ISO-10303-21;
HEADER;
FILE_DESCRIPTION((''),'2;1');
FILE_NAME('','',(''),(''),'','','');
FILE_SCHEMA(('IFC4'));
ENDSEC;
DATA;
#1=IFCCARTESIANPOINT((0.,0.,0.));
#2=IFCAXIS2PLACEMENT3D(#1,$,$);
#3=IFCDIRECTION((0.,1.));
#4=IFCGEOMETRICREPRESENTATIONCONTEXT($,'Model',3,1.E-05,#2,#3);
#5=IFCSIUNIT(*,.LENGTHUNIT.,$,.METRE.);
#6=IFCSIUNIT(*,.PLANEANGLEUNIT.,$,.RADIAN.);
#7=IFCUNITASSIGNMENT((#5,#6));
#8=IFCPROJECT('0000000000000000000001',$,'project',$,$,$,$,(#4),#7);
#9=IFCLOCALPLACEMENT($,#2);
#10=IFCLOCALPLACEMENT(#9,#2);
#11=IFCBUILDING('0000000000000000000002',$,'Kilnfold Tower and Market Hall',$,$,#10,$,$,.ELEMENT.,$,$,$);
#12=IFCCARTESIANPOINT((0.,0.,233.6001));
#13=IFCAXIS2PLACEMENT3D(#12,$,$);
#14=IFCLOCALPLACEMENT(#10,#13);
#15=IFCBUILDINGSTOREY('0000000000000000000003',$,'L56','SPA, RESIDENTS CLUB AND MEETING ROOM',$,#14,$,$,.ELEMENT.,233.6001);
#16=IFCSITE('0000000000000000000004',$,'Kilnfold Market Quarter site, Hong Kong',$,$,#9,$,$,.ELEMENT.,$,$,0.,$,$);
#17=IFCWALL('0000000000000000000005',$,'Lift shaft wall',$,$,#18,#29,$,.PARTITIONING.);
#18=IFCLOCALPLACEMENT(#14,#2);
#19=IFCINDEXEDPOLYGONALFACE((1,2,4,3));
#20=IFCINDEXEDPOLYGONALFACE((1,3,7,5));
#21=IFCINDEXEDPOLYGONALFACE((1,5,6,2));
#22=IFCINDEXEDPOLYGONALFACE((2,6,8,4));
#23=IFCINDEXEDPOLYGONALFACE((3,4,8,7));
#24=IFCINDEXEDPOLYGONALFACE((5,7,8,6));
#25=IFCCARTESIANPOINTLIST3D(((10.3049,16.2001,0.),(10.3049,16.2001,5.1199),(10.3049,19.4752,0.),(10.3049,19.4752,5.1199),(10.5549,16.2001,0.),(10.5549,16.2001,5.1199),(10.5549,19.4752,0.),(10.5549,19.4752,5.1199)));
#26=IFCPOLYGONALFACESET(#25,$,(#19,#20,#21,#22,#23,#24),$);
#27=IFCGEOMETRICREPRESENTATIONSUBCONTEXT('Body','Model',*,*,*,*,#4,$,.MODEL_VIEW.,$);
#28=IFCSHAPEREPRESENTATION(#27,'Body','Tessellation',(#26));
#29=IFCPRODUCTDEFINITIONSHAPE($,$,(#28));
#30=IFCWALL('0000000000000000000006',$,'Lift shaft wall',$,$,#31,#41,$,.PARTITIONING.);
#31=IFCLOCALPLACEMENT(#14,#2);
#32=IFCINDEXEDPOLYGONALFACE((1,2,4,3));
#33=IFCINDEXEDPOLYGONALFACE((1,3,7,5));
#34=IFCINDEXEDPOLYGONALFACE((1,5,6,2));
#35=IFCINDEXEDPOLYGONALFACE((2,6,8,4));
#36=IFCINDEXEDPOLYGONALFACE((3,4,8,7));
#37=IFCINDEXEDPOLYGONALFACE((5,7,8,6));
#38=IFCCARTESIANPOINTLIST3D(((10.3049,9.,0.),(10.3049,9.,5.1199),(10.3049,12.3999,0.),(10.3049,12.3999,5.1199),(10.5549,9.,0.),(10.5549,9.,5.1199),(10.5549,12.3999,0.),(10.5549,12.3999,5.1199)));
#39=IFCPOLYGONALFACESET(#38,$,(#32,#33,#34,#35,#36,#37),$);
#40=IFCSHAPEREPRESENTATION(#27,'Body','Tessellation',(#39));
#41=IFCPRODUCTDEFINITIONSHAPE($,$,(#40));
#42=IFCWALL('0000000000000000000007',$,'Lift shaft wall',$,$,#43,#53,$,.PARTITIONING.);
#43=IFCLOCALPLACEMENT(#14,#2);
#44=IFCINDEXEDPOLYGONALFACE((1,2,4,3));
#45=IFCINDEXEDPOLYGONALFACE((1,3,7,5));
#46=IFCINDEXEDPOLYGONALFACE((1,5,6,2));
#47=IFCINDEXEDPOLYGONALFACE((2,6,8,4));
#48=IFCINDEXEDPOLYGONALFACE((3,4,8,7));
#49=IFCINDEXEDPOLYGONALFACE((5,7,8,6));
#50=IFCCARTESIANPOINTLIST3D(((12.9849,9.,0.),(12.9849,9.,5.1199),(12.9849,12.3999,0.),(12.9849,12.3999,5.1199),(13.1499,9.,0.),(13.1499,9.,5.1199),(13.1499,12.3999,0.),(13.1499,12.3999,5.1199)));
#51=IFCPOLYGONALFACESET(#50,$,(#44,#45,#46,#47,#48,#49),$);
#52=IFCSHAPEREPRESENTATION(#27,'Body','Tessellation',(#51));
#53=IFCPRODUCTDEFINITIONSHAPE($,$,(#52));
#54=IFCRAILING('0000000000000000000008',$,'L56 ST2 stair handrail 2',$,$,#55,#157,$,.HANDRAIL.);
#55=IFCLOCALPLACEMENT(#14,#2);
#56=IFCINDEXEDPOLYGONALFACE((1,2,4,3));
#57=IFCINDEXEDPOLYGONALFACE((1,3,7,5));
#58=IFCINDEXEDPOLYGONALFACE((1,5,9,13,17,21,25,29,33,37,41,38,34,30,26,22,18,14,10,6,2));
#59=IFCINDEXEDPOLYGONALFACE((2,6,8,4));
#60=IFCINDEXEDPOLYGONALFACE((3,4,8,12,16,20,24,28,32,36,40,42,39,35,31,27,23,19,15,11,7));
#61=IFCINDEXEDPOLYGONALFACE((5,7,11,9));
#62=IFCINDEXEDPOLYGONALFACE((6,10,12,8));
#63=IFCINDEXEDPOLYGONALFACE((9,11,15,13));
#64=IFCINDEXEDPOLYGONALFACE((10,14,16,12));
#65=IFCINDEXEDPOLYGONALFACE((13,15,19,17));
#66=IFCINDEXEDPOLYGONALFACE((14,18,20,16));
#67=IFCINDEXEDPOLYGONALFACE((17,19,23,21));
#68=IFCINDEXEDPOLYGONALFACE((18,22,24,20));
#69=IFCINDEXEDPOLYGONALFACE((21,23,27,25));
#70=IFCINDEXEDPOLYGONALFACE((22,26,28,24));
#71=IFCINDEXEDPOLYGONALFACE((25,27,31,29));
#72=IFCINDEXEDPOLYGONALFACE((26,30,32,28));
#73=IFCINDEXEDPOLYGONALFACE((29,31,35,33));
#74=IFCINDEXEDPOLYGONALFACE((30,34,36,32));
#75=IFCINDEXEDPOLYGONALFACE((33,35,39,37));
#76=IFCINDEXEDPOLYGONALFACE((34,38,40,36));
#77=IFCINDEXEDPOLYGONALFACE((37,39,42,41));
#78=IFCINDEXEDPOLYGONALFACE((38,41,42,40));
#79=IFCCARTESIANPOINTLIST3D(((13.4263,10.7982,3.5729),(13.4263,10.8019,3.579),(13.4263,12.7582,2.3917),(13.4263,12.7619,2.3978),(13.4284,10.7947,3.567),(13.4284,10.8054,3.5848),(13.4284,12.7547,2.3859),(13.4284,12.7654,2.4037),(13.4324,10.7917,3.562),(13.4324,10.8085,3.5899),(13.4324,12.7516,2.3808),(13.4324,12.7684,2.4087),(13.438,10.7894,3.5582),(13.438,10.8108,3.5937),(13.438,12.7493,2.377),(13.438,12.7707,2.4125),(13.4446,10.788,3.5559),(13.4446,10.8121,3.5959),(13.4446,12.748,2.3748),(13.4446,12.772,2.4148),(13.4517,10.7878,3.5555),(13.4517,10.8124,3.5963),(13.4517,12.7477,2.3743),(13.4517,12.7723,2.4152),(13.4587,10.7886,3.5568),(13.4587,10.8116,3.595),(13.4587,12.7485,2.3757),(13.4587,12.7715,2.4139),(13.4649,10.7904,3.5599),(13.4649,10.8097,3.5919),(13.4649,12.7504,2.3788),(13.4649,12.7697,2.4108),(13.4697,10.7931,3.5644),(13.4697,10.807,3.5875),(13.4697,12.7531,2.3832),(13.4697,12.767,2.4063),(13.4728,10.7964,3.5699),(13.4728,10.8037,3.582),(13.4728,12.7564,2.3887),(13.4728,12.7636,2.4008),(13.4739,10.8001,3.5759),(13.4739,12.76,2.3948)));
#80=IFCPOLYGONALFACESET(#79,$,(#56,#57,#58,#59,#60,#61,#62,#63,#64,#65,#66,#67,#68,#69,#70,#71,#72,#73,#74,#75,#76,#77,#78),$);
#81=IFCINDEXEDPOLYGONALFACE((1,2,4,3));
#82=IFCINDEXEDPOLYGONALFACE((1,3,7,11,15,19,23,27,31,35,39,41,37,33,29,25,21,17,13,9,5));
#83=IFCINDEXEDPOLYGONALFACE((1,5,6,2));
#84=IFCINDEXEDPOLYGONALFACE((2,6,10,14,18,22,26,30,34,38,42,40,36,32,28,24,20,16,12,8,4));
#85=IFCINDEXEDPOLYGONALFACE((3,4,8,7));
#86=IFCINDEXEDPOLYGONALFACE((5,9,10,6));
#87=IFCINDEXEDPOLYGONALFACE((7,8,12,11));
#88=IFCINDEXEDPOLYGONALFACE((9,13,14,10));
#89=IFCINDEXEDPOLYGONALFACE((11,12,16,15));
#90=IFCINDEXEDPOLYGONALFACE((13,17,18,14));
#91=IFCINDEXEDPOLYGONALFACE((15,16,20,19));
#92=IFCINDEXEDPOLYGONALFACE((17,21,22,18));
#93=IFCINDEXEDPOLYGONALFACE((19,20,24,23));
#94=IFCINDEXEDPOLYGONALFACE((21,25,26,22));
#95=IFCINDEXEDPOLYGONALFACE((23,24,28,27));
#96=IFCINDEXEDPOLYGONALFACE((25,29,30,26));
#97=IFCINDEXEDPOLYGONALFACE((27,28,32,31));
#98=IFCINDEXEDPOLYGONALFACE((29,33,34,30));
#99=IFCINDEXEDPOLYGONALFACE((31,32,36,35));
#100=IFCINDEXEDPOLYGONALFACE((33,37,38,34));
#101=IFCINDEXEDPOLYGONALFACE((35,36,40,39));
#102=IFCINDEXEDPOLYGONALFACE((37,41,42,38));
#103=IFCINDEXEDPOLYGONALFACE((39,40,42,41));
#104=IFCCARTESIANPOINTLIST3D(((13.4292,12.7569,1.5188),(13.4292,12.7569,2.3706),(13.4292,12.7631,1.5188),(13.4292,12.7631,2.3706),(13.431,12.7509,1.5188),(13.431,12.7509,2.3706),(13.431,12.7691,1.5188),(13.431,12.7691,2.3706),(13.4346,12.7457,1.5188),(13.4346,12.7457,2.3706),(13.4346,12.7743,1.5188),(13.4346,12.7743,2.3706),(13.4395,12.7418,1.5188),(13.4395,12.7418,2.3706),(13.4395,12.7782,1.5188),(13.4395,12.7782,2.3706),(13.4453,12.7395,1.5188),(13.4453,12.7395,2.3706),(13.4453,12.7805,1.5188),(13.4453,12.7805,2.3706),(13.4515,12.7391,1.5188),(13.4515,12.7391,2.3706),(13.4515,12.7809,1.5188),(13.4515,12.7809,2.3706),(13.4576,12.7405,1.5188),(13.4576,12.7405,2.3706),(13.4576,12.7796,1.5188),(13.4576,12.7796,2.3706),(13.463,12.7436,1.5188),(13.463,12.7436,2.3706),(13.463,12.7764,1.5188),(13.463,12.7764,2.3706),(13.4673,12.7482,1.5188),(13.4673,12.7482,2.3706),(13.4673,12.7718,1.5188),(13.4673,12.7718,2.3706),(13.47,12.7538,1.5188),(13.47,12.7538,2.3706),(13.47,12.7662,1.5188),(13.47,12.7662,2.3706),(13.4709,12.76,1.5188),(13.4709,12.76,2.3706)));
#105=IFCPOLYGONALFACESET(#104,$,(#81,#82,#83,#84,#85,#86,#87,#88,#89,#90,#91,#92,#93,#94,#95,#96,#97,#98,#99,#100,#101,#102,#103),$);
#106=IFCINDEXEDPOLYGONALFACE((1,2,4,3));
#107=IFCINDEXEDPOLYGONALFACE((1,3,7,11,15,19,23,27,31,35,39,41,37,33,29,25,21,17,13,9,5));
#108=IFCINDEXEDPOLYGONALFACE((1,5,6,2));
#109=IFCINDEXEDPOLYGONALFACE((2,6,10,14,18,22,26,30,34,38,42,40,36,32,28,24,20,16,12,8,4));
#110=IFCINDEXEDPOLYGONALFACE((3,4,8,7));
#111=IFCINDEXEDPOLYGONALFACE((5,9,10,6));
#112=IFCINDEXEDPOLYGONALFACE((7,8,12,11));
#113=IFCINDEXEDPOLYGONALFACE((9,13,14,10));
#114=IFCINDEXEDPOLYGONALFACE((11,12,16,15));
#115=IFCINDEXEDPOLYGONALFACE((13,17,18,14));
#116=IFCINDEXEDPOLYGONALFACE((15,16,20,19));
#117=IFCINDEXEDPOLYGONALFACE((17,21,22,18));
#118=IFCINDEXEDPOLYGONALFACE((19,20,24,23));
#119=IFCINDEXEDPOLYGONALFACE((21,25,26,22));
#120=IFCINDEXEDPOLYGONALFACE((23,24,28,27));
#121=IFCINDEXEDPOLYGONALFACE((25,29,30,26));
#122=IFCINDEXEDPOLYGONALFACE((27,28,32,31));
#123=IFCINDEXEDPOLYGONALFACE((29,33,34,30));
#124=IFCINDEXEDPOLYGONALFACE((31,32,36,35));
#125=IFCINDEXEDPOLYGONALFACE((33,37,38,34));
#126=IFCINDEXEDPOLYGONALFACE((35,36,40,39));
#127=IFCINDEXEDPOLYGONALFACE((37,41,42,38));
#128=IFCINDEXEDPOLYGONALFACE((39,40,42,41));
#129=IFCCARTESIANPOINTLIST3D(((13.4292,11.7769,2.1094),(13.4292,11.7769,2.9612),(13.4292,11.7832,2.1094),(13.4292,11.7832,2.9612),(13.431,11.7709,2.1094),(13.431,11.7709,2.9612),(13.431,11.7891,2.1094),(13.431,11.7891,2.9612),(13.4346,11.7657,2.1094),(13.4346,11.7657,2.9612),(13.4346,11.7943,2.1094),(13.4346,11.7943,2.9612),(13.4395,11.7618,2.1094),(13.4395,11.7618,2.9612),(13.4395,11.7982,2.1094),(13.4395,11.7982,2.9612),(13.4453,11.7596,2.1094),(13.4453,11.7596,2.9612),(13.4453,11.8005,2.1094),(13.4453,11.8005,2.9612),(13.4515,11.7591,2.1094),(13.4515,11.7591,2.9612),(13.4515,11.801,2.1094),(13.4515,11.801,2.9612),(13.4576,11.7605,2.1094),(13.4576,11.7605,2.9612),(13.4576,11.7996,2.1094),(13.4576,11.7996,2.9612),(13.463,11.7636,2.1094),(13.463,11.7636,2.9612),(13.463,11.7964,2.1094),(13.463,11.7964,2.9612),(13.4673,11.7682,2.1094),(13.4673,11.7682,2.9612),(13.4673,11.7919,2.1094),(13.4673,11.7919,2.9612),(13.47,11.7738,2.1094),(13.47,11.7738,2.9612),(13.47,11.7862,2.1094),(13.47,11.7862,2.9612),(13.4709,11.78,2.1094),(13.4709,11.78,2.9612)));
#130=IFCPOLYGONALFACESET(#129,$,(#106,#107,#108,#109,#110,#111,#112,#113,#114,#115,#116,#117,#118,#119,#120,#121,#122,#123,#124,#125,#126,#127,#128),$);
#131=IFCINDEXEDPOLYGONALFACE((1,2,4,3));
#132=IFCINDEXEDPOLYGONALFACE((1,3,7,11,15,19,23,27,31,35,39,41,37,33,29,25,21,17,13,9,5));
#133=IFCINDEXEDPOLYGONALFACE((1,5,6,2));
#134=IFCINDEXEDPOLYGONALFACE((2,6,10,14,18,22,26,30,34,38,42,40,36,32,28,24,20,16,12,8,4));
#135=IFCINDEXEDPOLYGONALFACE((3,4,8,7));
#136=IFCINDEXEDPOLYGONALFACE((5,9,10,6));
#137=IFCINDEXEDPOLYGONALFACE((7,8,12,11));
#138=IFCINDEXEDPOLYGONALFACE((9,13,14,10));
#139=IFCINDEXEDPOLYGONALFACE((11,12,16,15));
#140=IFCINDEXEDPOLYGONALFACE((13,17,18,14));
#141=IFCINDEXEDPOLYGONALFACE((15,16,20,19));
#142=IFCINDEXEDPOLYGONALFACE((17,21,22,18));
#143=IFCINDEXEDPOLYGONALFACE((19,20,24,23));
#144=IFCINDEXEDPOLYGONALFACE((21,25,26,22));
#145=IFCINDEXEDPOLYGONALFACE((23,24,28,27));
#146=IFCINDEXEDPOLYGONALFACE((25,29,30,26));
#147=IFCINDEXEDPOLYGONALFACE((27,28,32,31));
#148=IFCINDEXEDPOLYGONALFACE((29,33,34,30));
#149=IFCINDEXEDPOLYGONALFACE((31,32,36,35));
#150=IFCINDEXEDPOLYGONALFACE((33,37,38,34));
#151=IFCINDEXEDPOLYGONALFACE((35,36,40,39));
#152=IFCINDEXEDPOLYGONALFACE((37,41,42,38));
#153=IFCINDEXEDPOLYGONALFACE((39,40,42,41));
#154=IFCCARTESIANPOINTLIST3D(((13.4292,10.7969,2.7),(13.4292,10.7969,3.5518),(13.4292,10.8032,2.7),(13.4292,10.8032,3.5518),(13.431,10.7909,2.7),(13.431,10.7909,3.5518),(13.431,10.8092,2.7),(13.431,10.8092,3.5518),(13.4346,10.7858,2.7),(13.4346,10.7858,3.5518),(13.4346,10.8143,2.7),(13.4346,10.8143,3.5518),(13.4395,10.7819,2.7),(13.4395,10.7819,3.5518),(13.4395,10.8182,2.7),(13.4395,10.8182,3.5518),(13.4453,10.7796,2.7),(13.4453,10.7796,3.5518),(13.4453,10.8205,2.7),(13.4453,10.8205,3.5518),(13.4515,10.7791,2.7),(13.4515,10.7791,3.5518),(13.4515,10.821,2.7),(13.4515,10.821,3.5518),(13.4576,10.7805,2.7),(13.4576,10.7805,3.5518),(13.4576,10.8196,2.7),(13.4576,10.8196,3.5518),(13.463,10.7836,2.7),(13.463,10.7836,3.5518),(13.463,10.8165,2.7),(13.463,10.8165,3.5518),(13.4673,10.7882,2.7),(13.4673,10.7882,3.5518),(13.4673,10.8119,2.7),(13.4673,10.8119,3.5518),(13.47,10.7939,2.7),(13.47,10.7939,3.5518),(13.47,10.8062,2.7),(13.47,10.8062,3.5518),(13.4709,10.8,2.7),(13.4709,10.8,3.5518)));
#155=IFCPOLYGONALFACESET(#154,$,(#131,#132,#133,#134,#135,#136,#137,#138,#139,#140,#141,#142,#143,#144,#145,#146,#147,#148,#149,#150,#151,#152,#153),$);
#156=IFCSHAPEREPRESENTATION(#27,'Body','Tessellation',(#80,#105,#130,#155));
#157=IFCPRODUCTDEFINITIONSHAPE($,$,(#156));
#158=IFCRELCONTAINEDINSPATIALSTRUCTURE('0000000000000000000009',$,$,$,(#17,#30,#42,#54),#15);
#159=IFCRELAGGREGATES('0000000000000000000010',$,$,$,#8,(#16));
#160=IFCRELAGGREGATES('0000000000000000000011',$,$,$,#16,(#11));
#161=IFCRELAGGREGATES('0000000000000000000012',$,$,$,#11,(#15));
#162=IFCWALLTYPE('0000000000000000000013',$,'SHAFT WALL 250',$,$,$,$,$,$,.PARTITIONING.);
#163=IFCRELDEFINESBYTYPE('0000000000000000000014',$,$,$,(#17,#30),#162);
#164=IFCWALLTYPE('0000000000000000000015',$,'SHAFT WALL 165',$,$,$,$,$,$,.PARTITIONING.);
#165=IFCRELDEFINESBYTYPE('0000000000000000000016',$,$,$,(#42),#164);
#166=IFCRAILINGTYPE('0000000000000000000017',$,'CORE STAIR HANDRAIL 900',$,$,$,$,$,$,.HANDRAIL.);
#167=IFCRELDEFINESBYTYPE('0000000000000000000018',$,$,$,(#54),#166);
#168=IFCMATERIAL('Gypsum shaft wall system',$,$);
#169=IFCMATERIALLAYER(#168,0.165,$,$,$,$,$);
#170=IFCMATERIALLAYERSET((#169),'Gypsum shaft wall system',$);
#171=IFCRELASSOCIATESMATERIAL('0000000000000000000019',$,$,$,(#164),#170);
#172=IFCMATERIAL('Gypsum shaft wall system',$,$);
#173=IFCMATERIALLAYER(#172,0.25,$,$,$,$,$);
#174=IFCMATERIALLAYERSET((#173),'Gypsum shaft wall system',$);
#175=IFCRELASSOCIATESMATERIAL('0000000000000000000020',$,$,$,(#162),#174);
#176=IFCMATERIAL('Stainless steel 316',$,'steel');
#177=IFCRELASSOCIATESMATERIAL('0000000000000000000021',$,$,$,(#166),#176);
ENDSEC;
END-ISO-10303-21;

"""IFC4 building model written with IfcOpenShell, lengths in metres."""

from ifc_helpers import new_model, si_unit, direction, frame, frame_2d, origin, origin_2d, place, context, subcontext, project, spatial, rectangle, circle, extrude, source, transform, mapped, material, layer, layer_set, type_object, element, save


model = new_model("IFC4")

# Units and contexts
model_context = context("Model", 3, precision=1e-05, world=origin(), true_north=direction((0.0, 1.0)))
body_context = subcontext(model_context, "Body", "Model", "MODEL_VIEW")
ifc_project = project(units=[si_unit("LENGTHUNIT", "METRE"), si_unit("PLANEANGLEUNIT", "RADIAN")], contexts=[model_context])

# Site, building, storey
site_placement = place(None, origin())
site = spatial("IfcSite", under=ifc_project, at=site_placement, Name="Kilnfold Market Quarter site, Hong Kong", CompositionType="ELEMENT", RefElevation=0.0)
building_placement = place(site_placement, origin())
building = spatial("IfcBuilding", under=site, at=building_placement, Name="Kilnfold Tower and Market Hall", CompositionType="ELEMENT")
storey_placement = place(building_placement, frame((0.0, 0.0, 233.6001)))
storey = spatial("IfcBuildingStorey", under=building, at=storey_placement, Name="L56", Description="SPA, RESIDENTS CLUB AND MEETING ROOM", CompositionType="ELEMENT", Elevation=233.6001)

# Walls
ifc_material_1 = material(Name="Gypsum shaft wall system")
ifc_layer_1 = layer(ifc_material_1, 0.165)
ifc_layer_set_1 = layer_set([ifc_layer_1], Name="Gypsum shaft wall system")
wall_type_1 = type_object("IfcWallType", Name="SHAFT WALL 165", PredefinedType="PARTITIONING", material=ifc_layer_set_1)
ifc_material_2 = material(Name="Gypsum shaft wall system")
ifc_layer_2 = layer(ifc_material_2, 0.25)
ifc_layer_set_2 = layer_set([ifc_layer_2], Name="Gypsum shaft wall system")
wall_type_2 = type_object("IfcWallType", Name="SHAFT WALL 250", PredefinedType="PARTITIONING", material=ifc_layer_set_2)
shared_shape_1 = source(origin(), body_context, "Body", "SweptSolid", [
    extrude(rectangle(XDim=3.2751, YDim=0.25, at=frame_2d((1.6377, 0.0))), origin(), (0.0, 0.0, 1.0), 5.1199),
])
wall_1_placement = place(storey_placement, frame((10.4299, 16.2, 0.0), z_axis=(0.0, 0.0, 1.0), x_axis=(0.0, 1.0, 0.0)))
element("IfcWall", 1, at=wall_1_placement, inside=storey, type_object=wall_type_2, Name="Lift shaft wall", PredefinedType="PARTITIONING", context=body_context, shape_type="MappedRepresentation", body=[
    mapped(shared_shape_1, transform((0.0, 0.0, 0.0))),
])
shared_shape_2 = source(origin(), body_context, "Body", "SweptSolid", [
    extrude(rectangle(XDim=3.3999, YDim=0.25, at=frame_2d((1.7, 0.0))), origin(), (0.0, 0.0, 1.0), 5.1199),
])
wall_2_placement = place(storey_placement, frame((10.4299, 9.0, 0.0), z_axis=(0.0, 0.0, 1.0), x_axis=(0.0, 1.0, 0.0)))
element("IfcWall", 2, at=wall_2_placement, inside=storey, type_object=wall_type_2, Name="Lift shaft wall", PredefinedType="PARTITIONING", context=body_context, shape_type="MappedRepresentation", body=[
    mapped(shared_shape_2, transform((0.0, 0.0, 0.0))),
])
shared_shape_3 = source(origin(), body_context, "Body", "SweptSolid", [
    extrude(rectangle(XDim=3.3999, YDim=0.165, at=frame_2d((1.7, 0.0))), origin(), (0.0, 0.0, 1.0), 5.1199),
])
wall_3_placement = place(storey_placement, frame((13.0674, 9.0, 0.0), z_axis=(0.0, 0.0, 1.0), x_axis=(0.0, 1.0, 0.0)))
element("IfcWall", 3, at=wall_3_placement, inside=storey, type_object=wall_type_1, Name="Lift shaft wall", PredefinedType="PARTITIONING", context=body_context, shape_type="MappedRepresentation", body=[
    mapped(shared_shape_3, transform((0.0, 0.0, 0.0))),
])

# Railing
ifc_material_3 = material(Name="Stainless steel 316", Category="steel")
railing_type_1 = type_object("IfcRailingType", Name="CORE STAIR HANDRAIL 900", PredefinedType="HANDRAIL", material=ifc_material_3)
railing_1_placement = place(storey_placement, frame((13.45, 12.76, 1.5188)))
element("IfcRailing", 4, at=railing_1_placement, inside=storey, type_object=railing_type_1, Name="L56 ST2 stair handrail 2", PredefinedType="HANDRAIL", context=body_context, shape_type="SweptSolid", body=[
    extrude(circle(Radius=0.0239, at=origin_2d()), frame((0.0, 0.0, 0.876), z_axis=(0.0, -0.856493, 0.516158), x_axis=(1.0, 0.0, 0.0)), (0.0, 0.0, 1.0), 2.2883),
    extrude(circle(Radius=0.021, at=origin_2d()), origin(), (0.0, 0.0, 1.0), 0.8518),
    extrude(circle(Radius=0.021, at=origin_2d()), frame((0.0, -0.98, 0.5906)), (0.0, 0.0, 1.0), 0.8518),
    extrude(circle(Radius=0.021, at=origin_2d()), frame((0.0, -1.96, 1.1812)), (0.0, 0.0, 1.0), 0.8518),
])

save(model, "model.ifc")
